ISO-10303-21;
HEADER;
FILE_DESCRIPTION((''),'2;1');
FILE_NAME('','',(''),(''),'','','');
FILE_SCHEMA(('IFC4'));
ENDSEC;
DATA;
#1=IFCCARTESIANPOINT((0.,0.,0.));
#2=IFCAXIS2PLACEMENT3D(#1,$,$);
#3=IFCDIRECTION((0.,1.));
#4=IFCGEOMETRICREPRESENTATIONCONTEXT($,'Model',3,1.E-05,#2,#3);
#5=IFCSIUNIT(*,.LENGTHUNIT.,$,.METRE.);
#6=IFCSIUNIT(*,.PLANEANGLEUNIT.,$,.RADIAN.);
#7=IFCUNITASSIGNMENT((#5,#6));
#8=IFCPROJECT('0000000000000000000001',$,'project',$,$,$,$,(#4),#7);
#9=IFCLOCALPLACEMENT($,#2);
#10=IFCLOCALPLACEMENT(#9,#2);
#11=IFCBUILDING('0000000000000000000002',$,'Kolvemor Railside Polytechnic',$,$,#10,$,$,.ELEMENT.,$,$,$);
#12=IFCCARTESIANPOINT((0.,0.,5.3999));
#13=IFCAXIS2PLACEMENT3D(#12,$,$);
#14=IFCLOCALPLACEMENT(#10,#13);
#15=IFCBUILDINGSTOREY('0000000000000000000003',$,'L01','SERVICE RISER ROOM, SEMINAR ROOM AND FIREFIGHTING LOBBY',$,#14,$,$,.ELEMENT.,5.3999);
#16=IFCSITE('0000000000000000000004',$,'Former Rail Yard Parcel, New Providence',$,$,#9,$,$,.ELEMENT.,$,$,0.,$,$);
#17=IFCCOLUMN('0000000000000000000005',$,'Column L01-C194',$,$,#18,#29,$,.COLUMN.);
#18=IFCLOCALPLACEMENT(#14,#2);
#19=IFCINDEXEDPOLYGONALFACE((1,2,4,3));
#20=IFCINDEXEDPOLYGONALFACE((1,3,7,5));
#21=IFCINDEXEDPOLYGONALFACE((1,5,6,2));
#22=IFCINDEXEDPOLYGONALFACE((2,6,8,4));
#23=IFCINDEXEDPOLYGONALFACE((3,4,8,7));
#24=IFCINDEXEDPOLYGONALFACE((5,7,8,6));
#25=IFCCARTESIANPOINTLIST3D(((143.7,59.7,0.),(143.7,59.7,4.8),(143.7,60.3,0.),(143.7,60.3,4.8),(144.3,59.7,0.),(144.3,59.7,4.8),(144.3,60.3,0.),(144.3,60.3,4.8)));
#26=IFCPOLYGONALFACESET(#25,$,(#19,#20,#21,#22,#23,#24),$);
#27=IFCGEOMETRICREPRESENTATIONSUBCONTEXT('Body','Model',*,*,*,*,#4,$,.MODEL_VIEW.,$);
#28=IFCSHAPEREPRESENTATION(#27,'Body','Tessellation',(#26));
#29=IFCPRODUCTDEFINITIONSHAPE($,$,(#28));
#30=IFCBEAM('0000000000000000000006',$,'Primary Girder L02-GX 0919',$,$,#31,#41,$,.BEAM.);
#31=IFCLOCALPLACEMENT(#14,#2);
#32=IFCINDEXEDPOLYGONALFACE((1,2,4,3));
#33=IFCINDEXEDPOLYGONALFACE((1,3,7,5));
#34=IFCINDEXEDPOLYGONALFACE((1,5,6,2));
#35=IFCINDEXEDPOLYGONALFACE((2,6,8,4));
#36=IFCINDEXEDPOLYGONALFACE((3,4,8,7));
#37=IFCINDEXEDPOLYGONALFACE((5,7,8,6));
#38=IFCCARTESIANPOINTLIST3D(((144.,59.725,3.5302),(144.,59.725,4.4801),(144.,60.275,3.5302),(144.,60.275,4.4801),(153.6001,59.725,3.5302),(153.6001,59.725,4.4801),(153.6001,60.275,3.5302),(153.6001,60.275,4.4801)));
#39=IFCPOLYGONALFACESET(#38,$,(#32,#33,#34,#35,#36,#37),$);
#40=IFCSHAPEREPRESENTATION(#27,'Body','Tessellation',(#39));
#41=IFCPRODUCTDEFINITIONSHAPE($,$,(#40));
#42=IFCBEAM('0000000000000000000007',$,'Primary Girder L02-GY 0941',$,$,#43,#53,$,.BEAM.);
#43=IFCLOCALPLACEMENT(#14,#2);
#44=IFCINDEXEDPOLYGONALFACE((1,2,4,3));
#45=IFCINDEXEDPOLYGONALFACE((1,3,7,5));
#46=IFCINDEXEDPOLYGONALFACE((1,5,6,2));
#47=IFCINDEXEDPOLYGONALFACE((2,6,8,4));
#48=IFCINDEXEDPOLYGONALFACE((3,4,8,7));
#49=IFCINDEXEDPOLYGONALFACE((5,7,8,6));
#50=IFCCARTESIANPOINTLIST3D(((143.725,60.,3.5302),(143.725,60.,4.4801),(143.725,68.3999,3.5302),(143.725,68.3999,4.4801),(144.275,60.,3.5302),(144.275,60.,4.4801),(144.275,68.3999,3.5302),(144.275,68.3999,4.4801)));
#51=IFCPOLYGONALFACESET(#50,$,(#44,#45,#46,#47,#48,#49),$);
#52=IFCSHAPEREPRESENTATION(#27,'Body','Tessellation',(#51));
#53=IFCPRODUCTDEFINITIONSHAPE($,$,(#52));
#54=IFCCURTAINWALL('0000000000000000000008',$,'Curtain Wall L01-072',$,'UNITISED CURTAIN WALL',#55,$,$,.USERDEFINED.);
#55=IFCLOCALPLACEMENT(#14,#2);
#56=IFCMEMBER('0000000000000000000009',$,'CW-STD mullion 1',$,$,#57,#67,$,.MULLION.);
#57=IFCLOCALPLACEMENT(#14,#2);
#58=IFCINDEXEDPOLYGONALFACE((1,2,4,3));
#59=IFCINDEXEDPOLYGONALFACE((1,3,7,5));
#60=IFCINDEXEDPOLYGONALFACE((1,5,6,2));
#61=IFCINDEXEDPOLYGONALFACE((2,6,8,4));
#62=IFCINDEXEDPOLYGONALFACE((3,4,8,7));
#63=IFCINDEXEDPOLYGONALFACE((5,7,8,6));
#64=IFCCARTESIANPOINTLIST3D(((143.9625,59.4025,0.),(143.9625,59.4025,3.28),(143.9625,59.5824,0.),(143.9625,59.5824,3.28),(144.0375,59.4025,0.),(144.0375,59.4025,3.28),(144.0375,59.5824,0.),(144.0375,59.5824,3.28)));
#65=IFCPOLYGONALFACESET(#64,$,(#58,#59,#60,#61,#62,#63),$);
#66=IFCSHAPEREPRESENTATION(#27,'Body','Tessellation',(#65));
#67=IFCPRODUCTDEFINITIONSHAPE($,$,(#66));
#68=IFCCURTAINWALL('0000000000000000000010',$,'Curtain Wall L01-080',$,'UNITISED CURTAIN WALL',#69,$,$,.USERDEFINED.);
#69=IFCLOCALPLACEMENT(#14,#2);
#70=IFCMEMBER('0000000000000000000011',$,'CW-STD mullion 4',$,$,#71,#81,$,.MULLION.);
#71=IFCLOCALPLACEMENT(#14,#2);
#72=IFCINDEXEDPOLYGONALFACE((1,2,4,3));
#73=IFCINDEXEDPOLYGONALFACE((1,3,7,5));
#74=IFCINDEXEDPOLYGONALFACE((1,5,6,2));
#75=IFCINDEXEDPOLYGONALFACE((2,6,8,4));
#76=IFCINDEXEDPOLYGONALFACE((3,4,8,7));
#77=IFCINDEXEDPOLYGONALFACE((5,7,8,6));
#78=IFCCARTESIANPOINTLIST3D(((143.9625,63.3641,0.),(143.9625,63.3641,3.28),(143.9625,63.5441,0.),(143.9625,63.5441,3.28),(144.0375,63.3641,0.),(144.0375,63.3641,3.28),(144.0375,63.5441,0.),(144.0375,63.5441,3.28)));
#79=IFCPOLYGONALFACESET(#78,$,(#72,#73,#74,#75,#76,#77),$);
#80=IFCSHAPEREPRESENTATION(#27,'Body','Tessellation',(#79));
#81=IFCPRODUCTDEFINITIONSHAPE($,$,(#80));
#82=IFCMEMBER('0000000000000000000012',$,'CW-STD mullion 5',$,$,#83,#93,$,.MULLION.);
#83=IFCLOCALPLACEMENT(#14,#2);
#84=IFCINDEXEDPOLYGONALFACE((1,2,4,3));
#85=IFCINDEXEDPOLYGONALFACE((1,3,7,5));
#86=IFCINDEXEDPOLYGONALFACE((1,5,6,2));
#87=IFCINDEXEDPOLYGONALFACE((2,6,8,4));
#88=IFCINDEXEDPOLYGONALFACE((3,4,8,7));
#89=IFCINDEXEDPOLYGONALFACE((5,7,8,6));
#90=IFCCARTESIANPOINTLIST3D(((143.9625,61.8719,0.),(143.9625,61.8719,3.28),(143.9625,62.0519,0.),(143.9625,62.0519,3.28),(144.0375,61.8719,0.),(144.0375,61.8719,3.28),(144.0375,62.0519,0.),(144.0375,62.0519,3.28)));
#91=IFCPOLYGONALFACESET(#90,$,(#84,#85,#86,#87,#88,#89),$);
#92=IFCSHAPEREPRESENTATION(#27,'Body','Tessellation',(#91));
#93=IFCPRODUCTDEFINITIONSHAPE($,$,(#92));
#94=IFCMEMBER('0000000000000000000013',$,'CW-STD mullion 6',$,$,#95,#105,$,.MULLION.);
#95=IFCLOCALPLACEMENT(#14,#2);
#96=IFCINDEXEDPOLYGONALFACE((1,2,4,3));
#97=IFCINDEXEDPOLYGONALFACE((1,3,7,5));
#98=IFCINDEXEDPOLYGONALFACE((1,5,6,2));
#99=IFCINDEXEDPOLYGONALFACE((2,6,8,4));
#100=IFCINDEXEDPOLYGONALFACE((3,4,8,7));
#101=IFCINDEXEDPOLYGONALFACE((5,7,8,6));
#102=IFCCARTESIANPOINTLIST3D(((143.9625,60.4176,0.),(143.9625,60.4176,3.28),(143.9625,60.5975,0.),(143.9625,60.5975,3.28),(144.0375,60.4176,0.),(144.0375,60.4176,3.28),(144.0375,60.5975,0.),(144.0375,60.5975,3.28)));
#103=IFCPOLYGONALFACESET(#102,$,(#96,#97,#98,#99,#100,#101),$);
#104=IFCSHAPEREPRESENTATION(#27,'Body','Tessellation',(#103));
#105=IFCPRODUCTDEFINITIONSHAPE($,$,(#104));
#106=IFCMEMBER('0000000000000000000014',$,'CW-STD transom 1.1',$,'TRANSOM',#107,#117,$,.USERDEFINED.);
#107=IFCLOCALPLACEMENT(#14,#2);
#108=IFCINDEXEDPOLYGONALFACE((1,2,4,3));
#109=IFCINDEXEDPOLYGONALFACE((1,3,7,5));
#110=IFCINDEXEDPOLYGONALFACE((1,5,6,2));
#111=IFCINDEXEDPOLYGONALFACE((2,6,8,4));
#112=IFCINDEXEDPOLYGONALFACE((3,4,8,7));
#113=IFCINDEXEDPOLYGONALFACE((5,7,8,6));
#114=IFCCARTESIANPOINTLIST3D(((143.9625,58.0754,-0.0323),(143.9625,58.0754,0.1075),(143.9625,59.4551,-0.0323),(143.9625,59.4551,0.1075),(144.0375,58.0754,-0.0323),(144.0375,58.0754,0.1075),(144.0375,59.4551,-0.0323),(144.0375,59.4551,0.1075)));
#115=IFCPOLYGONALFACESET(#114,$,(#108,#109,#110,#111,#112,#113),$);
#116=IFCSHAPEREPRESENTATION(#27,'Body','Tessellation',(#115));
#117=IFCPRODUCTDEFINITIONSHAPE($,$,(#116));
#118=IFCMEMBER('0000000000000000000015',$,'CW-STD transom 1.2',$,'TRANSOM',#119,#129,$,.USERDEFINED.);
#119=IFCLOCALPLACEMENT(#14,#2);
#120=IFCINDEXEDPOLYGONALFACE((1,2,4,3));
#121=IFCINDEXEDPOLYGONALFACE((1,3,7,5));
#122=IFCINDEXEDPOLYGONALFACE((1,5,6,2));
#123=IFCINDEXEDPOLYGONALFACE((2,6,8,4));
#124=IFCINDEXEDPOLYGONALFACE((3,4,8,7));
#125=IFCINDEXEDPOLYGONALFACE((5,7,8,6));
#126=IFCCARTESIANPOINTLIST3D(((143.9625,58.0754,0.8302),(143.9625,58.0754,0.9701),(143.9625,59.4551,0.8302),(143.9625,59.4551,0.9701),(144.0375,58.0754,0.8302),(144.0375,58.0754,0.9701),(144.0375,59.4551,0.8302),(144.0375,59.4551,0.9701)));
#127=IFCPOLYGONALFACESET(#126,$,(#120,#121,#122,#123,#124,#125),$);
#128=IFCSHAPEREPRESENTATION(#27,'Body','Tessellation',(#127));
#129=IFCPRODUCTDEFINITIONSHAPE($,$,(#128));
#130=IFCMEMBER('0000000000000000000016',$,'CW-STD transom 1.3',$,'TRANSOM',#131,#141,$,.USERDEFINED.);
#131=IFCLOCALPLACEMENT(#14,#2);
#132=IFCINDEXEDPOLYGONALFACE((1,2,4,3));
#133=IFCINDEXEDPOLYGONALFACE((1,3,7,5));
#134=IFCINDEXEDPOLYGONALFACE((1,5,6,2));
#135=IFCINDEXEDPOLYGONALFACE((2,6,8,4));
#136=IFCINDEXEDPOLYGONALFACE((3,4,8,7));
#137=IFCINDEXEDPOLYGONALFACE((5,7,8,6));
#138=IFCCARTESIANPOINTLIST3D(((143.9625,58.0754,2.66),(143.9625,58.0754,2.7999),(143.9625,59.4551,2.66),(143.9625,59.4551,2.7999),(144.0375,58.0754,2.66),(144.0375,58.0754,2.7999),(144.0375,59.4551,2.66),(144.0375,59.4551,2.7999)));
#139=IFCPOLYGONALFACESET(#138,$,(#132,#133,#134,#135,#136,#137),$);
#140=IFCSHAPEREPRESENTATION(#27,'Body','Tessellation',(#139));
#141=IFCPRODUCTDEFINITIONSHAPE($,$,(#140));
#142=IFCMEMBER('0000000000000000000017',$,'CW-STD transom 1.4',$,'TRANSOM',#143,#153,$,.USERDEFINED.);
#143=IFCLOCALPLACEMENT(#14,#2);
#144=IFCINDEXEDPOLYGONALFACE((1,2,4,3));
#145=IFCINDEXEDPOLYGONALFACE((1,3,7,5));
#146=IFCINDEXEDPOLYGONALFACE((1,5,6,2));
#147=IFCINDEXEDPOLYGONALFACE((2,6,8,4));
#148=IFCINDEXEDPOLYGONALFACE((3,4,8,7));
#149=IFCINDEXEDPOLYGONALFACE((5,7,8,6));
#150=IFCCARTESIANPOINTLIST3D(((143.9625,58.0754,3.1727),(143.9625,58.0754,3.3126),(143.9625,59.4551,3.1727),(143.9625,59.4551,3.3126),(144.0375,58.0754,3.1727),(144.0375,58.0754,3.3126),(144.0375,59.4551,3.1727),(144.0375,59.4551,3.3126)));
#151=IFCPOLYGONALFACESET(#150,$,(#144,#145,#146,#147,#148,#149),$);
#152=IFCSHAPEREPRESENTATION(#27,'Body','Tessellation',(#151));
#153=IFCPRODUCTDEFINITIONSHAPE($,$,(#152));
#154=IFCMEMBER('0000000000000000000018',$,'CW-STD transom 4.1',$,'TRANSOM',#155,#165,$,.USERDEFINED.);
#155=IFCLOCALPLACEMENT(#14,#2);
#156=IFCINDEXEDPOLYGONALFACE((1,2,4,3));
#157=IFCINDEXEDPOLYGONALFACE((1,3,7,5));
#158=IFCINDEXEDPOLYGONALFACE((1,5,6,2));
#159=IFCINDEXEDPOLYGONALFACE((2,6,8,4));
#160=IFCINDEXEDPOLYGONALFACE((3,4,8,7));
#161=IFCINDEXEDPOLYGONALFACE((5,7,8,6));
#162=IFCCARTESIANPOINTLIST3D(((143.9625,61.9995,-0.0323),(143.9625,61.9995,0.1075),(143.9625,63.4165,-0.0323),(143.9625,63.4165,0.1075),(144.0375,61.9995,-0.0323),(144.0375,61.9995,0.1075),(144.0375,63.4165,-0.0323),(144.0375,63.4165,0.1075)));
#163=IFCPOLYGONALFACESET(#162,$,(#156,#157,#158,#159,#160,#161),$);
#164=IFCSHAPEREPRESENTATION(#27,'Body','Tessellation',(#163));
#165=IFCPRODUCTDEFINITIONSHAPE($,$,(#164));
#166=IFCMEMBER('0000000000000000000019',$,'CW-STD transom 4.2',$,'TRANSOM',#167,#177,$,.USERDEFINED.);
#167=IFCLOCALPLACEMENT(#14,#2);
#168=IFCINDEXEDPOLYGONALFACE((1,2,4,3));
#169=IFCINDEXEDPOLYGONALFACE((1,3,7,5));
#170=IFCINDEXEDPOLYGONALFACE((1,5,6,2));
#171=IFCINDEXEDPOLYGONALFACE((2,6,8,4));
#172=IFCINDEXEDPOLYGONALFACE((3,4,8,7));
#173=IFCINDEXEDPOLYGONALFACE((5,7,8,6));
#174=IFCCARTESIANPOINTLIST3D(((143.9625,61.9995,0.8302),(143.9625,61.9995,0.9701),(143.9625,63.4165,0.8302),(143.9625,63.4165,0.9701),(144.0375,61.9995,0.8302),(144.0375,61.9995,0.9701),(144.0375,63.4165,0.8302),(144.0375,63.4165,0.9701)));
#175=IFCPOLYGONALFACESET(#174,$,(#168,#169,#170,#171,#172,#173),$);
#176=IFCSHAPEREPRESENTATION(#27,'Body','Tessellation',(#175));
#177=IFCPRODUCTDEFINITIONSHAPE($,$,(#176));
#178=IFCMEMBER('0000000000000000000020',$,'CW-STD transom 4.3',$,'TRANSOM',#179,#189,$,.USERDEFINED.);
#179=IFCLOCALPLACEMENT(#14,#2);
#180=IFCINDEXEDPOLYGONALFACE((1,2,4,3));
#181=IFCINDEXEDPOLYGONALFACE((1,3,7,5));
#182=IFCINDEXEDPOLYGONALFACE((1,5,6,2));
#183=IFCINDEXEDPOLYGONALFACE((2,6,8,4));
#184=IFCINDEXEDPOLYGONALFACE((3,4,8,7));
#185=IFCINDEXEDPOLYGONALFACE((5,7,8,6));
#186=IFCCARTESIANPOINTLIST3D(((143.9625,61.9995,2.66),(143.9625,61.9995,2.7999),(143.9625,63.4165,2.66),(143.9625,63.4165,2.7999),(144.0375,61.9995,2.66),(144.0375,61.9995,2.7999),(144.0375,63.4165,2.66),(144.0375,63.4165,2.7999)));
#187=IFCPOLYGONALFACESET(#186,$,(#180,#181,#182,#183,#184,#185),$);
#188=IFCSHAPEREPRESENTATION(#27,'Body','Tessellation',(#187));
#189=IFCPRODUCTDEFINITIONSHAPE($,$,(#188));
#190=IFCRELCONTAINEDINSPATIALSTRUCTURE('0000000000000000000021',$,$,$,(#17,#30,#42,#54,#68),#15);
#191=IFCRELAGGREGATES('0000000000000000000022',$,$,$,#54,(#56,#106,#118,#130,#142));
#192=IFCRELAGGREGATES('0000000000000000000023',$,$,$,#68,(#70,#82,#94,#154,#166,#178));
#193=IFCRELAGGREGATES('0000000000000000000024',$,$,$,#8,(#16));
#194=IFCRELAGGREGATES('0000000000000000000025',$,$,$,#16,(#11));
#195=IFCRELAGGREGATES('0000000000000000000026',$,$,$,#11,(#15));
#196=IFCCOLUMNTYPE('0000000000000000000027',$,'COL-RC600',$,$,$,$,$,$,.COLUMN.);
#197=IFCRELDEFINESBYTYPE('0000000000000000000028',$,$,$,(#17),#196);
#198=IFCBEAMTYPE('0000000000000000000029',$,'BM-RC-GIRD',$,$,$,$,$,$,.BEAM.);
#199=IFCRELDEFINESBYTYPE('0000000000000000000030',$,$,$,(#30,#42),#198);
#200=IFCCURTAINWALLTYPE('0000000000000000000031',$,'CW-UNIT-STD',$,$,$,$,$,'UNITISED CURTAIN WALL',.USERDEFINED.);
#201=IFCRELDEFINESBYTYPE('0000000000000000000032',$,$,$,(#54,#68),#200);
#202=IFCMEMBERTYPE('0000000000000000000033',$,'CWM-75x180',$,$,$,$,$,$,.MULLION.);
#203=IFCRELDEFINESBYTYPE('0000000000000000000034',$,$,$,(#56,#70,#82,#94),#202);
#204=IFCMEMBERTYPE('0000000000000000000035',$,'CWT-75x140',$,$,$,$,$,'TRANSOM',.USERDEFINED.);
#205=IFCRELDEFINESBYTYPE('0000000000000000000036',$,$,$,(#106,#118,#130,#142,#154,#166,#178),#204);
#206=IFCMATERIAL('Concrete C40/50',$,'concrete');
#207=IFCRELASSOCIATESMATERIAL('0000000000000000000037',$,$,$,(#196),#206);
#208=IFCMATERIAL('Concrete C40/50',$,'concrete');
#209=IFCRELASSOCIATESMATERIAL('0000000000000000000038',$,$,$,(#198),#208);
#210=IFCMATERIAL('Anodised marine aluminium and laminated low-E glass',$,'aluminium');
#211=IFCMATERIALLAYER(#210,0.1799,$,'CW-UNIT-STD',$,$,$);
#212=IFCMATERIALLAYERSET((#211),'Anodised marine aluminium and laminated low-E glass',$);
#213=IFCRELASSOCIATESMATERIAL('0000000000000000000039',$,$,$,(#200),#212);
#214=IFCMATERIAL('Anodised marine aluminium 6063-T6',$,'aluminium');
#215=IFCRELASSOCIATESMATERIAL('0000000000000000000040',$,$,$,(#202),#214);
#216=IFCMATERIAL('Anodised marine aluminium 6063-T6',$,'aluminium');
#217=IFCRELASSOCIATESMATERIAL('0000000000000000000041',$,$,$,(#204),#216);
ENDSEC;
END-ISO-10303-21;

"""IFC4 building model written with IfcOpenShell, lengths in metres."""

from ifc_helpers import new_model, si_unit, direction, frame, origin, origin_2d, place, context, subcontext, project, spatial, rectangle, extrude, material, layer, layer_set, material_profile, profile_set, type_object, element, aggregate, save


model = new_model("IFC4")

# Units and contexts
model_context = context("Model", 3, precision=1e-05, world=origin(), true_north=direction((0.0, 1.0)))
body_context = subcontext(model_context, "Body", "Model", "MODEL_VIEW")
ifc_project = project(units=[si_unit("LENGTHUNIT", "METRE"), si_unit("PLANEANGLEUNIT", "RADIAN")], contexts=[model_context])

# Site, building, storey
site_placement = place(None, origin())
site = spatial("IfcSite", under=ifc_project, at=site_placement, Name="Former Rail Yard Parcel, New Providence", CompositionType="ELEMENT", RefElevation=0.0)
building_placement = place(site_placement, origin())
building = spatial("IfcBuilding", under=site, at=building_placement, Name="Kolvemor Railside Polytechnic", CompositionType="ELEMENT")
storey_placement = place(building_placement, frame((0.0, 0.0, 5.3999)))
storey = spatial("IfcBuildingStorey", under=building, at=storey_placement, Name="L01", Description="SERVICE RISER ROOM, SEMINAR ROOM AND FIREFIGHTING LOBBY", CompositionType="ELEMENT", Elevation=5.3999)

# Column
ifc_material_1 = material(Name="Concrete C40/50", Category="concrete")
ifc_material_profile_1 = material_profile(ifc_material_1, rectangle(XDim=0.6001, YDim=0.6001, at=origin_2d()), Name="RC600x600")
ifc_profile_set_1 = profile_set([ifc_material_profile_1], Name="Concrete C40/50")
column_type = type_object("IfcColumnType", Name="COL-RC600", PredefinedType="COLUMN", material=ifc_profile_set_1)
column_placement = place(storey_placement, frame((144.0, 60.0, 0.0), z_axis=(0.0, 0.0, 1.0), x_axis=(1.0, 0.0, 0.0)))
element("IfcColumn", 1, at=column_placement, inside=storey, type_object=column_type, Name="Column L01-C194", PredefinedType="COLUMN", context=body_context, shape_type="SweptSolid", body=[
    extrude(rectangle(XDim=0.6001, YDim=0.6001, at=origin_2d()), origin(), (0.0, 0.0, 1.0), 4.8),
])

# Beams
ifc_material_2 = material(Name="Concrete C40/50", Category="concrete")
ifc_material_profile_2 = material_profile(ifc_material_2, rectangle(XDim=0.55, YDim=0.95, at=origin_2d()), Name="RC550x950")
ifc_profile_set_2 = profile_set([ifc_material_profile_2], Name="Concrete C40/50")
beam_type = type_object("IfcBeamType", Name="BM-RC-GIRD", PredefinedType="BEAM", material=ifc_profile_set_2)
beam_1_placement = place(storey_placement, frame((144.0, 60.0, 4.0051), z_axis=(1.0, 0.0, 0.0), x_axis=(0.0, 1.0, 0.0)))
element("IfcBeam", 2, at=beam_1_placement, inside=storey, type_object=beam_type, Name="Primary Girder L02-GX 0919", PredefinedType="BEAM", context=body_context, shape_type="SweptSolid", body=[
    extrude(rectangle(XDim=0.55, YDim=0.95, at=origin_2d()), origin(), (0.0, 0.0, 1.0), 9.6001),
])
beam_2_placement = place(storey_placement, frame((144.0, 60.0, 4.0051), z_axis=(0.0, 1.0, 0.0), x_axis=(-1.0, 0.0, 0.0)))
element("IfcBeam", 3, at=beam_2_placement, inside=storey, type_object=beam_type, Name="Primary Girder L02-GY 0941", PredefinedType="BEAM", context=body_context, shape_type="SweptSolid", body=[
    extrude(rectangle(XDim=0.55, YDim=0.95, at=origin_2d()), origin(), (0.0, 0.0, 1.0), 8.3999),
])

# Curtain wall, member
ifc_material_3 = material(Name="Anodised marine aluminium and laminated low-E glass", Category="aluminium")
ifc_layer_1 = layer(ifc_material_3, 0.1799, Name="CW-UNIT-STD")
ifc_layer_set_1 = layer_set([ifc_layer_1], Name="Anodised marine aluminium and laminated low-E glass")
curtain_wall_type = type_object("IfcCurtainWallType", Name="CW-UNIT-STD", ElementType="UNITISED CURTAIN WALL", PredefinedType="USERDEFINED", material=ifc_layer_set_1)
curtain_wall_1_placement = place(storey_placement, origin())
curtain_wall_1 = element("IfcCurtainWall", 4, at=curtain_wall_1_placement, inside=storey, type_object=curtain_wall_type, Name="Curtain Wall L01-072", ObjectType="UNITISED CURTAIN WALL", PredefinedType="USERDEFINED")
ifc_material_4 = material(Name="Anodised marine aluminium 6063-T6", Category="aluminium")
ifc_material_profile_3 = material_profile(ifc_material_4, rectangle(XDim=0.075, YDim=0.1799, at=origin_2d()), Name="CW-MUL-75x180")
ifc_profile_set_3 = profile_set([ifc_material_profile_3], Name="Anodised marine aluminium 6063-T6")
member_type_1 = type_object("IfcMemberType", Name="CWM-75x180", PredefinedType="MULLION", material=ifc_profile_set_3)
member_1_placement = place(storey_placement, frame((144.0, 59.4924, 0.0), z_axis=(0.0, 0.0, 1.0), x_axis=(1.0, 0.0, 0.0)))
member_1 = element("IfcMember", 5, at=member_1_placement, type_object=member_type_1, Name="CW-STD mullion 1", PredefinedType="MULLION", context=body_context, shape_type="SweptSolid", body=[
    extrude(rectangle(XDim=0.075, YDim=0.1799, at=origin_2d()), origin(), (0.0, 0.0, 1.0), 3.28),
])

# Curtain wall, members
curtain_wall_2_placement = place(storey_placement, origin())
curtain_wall_2 = element("IfcCurtainWall", 6, at=curtain_wall_2_placement, inside=storey, type_object=curtain_wall_type, Name="Curtain Wall L01-080", ObjectType="UNITISED CURTAIN WALL", PredefinedType="USERDEFINED")
member_2_placement = place(storey_placement, frame((144.0, 63.4541, 0.0), z_axis=(0.0, 0.0, 1.0), x_axis=(1.0, 0.0, 0.0)))
member_2 = element("IfcMember", 7, at=member_2_placement, type_object=member_type_1, Name="CW-STD mullion 4", PredefinedType="MULLION", context=body_context, shape_type="SweptSolid", body=[
    extrude(rectangle(XDim=0.075, YDim=0.1799, at=origin_2d()), origin(), (0.0, 0.0, 1.0), 3.28),
])
member_3_placement = place(storey_placement, frame((144.0, 61.9619, 0.0), z_axis=(0.0, 0.0, 1.0), x_axis=(1.0, 0.0, 0.0)))
member_3 = element("IfcMember", 8, at=member_3_placement, type_object=member_type_1, Name="CW-STD mullion 5", PredefinedType="MULLION", context=body_context, shape_type="SweptSolid", body=[
    extrude(rectangle(XDim=0.075, YDim=0.1799, at=origin_2d()), origin(), (0.0, 0.0, 1.0), 3.28),
])
member_4_placement = place(storey_placement, frame((144.0, 60.5076, 0.0), z_axis=(0.0, 0.0, 1.0), x_axis=(1.0, 0.0, 0.0)))
member_4 = element("IfcMember", 9, at=member_4_placement, type_object=member_type_1, Name="CW-STD mullion 6", PredefinedType="MULLION", context=body_context, shape_type="SweptSolid", body=[
    extrude(rectangle(XDim=0.075, YDim=0.1799, at=origin_2d()), origin(), (0.0, 0.0, 1.0), 3.28),
])

# Members
ifc_material_5 = material(Name="Anodised marine aluminium 6063-T6", Category="aluminium")
ifc_material_profile_4 = material_profile(ifc_material_5, rectangle(XDim=0.075, YDim=0.1399, at=origin_2d()), Name="CW-TRN-75x140")
ifc_profile_set_4 = profile_set([ifc_material_profile_4], Name="Anodised marine aluminium 6063-T6")
member_type_2 = type_object("IfcMemberType", Name="CWT-75x140", ElementType="TRANSOM", PredefinedType="USERDEFINED", material=ifc_profile_set_4)
member_5_placement = place(storey_placement, frame((144.0, 59.4551, 0.0376), z_axis=(0.0, -1.0, 0.0), x_axis=(1.0, 0.0, 0.0)))
member_5 = element("IfcMember", 10, at=member_5_placement, type_object=member_type_2, Name="CW-STD transom 1.1", ObjectType="TRANSOM", PredefinedType="USERDEFINED", context=body_context, shape_type="SweptSolid", body=[
    extrude(rectangle(XDim=0.075, YDim=0.1399, at=origin_2d()), origin(), (0.0, 0.0, 1.0), 1.3796),
])
member_6_placement = place(storey_placement, frame((144.0, 59.4551, 0.9001), z_axis=(0.0, -1.0, 0.0), x_axis=(1.0, 0.0, 0.0)))
member_6 = element("IfcMember", 11, at=member_6_placement, type_object=member_type_2, Name="CW-STD transom 1.2", ObjectType="TRANSOM", PredefinedType="USERDEFINED", context=body_context, shape_type="SweptSolid", body=[
    extrude(rectangle(XDim=0.075, YDim=0.1399, at=origin_2d()), origin(), (0.0, 0.0, 1.0), 1.3796),
])
member_7_placement = place(storey_placement, frame((144.0, 59.4551, 2.73), z_axis=(0.0, -1.0, 0.0), x_axis=(1.0, 0.0, 0.0)))
member_7 = element("IfcMember", 12, at=member_7_placement, type_object=member_type_2, Name="CW-STD transom 1.3", ObjectType="TRANSOM", PredefinedType="USERDEFINED", context=body_context, shape_type="SweptSolid", body=[
    extrude(rectangle(XDim=0.075, YDim=0.1399, at=origin_2d()), origin(), (0.0, 0.0, 1.0), 1.3796),
])
member_8_placement = place(storey_placement, frame((144.0, 59.4551, 3.2427), z_axis=(0.0, -1.0, 0.0), x_axis=(1.0, 0.0, 0.0)))
member_8 = element("IfcMember", 13, at=member_8_placement, type_object=member_type_2, Name="CW-STD transom 1.4", ObjectType="TRANSOM", PredefinedType="USERDEFINED", context=body_context, shape_type="SweptSolid", body=[
    extrude(rectangle(XDim=0.075, YDim=0.1399, at=origin_2d()), origin(), (0.0, 0.0, 1.0), 1.3796),
])
member_9_placement = place(storey_placement, frame((144.0, 63.4165, 0.0376), z_axis=(0.0, -1.0, 0.0), x_axis=(1.0, 0.0, 0.0)))
member_9 = element("IfcMember", 14, at=member_9_placement, type_object=member_type_2, Name="CW-STD transom 4.1", ObjectType="TRANSOM", PredefinedType="USERDEFINED", context=body_context, shape_type="SweptSolid", body=[
    extrude(rectangle(XDim=0.075, YDim=0.1399, at=origin_2d()), origin(), (0.0, 0.0, 1.0), 1.417),
])
member_10_placement = place(storey_placement, frame((144.0, 63.4165, 0.9001), z_axis=(0.0, -1.0, 0.0), x_axis=(1.0, 0.0, 0.0)))
member_10 = element("IfcMember", 15, at=member_10_placement, type_object=member_type_2, Name="CW-STD transom 4.2", ObjectType="TRANSOM", PredefinedType="USERDEFINED", context=body_context, shape_type="SweptSolid", body=[
    extrude(rectangle(XDim=0.075, YDim=0.1399, at=origin_2d()), origin(), (0.0, 0.0, 1.0), 1.417),
])
member_11_placement = place(storey_placement, frame((144.0, 63.4165, 2.73), z_axis=(0.0, -1.0, 0.0), x_axis=(1.0, 0.0, 0.0)))
member_11 = element("IfcMember", 16, at=member_11_placement, type_object=member_type_2, Name="CW-STD transom 4.3", ObjectType="TRANSOM", PredefinedType="USERDEFINED", context=body_context, shape_type="SweptSolid", body=[
    extrude(rectangle(XDim=0.075, YDim=0.1399, at=origin_2d()), origin(), (0.0, 0.0, 1.0), 1.417),
])

aggregate(curtain_wall_1, [member_1, member_5, member_6, member_7, member_8])
aggregate(curtain_wall_2, [member_2, member_3, member_4, member_9, member_10, member_11])

save(model, "model.ifc")
